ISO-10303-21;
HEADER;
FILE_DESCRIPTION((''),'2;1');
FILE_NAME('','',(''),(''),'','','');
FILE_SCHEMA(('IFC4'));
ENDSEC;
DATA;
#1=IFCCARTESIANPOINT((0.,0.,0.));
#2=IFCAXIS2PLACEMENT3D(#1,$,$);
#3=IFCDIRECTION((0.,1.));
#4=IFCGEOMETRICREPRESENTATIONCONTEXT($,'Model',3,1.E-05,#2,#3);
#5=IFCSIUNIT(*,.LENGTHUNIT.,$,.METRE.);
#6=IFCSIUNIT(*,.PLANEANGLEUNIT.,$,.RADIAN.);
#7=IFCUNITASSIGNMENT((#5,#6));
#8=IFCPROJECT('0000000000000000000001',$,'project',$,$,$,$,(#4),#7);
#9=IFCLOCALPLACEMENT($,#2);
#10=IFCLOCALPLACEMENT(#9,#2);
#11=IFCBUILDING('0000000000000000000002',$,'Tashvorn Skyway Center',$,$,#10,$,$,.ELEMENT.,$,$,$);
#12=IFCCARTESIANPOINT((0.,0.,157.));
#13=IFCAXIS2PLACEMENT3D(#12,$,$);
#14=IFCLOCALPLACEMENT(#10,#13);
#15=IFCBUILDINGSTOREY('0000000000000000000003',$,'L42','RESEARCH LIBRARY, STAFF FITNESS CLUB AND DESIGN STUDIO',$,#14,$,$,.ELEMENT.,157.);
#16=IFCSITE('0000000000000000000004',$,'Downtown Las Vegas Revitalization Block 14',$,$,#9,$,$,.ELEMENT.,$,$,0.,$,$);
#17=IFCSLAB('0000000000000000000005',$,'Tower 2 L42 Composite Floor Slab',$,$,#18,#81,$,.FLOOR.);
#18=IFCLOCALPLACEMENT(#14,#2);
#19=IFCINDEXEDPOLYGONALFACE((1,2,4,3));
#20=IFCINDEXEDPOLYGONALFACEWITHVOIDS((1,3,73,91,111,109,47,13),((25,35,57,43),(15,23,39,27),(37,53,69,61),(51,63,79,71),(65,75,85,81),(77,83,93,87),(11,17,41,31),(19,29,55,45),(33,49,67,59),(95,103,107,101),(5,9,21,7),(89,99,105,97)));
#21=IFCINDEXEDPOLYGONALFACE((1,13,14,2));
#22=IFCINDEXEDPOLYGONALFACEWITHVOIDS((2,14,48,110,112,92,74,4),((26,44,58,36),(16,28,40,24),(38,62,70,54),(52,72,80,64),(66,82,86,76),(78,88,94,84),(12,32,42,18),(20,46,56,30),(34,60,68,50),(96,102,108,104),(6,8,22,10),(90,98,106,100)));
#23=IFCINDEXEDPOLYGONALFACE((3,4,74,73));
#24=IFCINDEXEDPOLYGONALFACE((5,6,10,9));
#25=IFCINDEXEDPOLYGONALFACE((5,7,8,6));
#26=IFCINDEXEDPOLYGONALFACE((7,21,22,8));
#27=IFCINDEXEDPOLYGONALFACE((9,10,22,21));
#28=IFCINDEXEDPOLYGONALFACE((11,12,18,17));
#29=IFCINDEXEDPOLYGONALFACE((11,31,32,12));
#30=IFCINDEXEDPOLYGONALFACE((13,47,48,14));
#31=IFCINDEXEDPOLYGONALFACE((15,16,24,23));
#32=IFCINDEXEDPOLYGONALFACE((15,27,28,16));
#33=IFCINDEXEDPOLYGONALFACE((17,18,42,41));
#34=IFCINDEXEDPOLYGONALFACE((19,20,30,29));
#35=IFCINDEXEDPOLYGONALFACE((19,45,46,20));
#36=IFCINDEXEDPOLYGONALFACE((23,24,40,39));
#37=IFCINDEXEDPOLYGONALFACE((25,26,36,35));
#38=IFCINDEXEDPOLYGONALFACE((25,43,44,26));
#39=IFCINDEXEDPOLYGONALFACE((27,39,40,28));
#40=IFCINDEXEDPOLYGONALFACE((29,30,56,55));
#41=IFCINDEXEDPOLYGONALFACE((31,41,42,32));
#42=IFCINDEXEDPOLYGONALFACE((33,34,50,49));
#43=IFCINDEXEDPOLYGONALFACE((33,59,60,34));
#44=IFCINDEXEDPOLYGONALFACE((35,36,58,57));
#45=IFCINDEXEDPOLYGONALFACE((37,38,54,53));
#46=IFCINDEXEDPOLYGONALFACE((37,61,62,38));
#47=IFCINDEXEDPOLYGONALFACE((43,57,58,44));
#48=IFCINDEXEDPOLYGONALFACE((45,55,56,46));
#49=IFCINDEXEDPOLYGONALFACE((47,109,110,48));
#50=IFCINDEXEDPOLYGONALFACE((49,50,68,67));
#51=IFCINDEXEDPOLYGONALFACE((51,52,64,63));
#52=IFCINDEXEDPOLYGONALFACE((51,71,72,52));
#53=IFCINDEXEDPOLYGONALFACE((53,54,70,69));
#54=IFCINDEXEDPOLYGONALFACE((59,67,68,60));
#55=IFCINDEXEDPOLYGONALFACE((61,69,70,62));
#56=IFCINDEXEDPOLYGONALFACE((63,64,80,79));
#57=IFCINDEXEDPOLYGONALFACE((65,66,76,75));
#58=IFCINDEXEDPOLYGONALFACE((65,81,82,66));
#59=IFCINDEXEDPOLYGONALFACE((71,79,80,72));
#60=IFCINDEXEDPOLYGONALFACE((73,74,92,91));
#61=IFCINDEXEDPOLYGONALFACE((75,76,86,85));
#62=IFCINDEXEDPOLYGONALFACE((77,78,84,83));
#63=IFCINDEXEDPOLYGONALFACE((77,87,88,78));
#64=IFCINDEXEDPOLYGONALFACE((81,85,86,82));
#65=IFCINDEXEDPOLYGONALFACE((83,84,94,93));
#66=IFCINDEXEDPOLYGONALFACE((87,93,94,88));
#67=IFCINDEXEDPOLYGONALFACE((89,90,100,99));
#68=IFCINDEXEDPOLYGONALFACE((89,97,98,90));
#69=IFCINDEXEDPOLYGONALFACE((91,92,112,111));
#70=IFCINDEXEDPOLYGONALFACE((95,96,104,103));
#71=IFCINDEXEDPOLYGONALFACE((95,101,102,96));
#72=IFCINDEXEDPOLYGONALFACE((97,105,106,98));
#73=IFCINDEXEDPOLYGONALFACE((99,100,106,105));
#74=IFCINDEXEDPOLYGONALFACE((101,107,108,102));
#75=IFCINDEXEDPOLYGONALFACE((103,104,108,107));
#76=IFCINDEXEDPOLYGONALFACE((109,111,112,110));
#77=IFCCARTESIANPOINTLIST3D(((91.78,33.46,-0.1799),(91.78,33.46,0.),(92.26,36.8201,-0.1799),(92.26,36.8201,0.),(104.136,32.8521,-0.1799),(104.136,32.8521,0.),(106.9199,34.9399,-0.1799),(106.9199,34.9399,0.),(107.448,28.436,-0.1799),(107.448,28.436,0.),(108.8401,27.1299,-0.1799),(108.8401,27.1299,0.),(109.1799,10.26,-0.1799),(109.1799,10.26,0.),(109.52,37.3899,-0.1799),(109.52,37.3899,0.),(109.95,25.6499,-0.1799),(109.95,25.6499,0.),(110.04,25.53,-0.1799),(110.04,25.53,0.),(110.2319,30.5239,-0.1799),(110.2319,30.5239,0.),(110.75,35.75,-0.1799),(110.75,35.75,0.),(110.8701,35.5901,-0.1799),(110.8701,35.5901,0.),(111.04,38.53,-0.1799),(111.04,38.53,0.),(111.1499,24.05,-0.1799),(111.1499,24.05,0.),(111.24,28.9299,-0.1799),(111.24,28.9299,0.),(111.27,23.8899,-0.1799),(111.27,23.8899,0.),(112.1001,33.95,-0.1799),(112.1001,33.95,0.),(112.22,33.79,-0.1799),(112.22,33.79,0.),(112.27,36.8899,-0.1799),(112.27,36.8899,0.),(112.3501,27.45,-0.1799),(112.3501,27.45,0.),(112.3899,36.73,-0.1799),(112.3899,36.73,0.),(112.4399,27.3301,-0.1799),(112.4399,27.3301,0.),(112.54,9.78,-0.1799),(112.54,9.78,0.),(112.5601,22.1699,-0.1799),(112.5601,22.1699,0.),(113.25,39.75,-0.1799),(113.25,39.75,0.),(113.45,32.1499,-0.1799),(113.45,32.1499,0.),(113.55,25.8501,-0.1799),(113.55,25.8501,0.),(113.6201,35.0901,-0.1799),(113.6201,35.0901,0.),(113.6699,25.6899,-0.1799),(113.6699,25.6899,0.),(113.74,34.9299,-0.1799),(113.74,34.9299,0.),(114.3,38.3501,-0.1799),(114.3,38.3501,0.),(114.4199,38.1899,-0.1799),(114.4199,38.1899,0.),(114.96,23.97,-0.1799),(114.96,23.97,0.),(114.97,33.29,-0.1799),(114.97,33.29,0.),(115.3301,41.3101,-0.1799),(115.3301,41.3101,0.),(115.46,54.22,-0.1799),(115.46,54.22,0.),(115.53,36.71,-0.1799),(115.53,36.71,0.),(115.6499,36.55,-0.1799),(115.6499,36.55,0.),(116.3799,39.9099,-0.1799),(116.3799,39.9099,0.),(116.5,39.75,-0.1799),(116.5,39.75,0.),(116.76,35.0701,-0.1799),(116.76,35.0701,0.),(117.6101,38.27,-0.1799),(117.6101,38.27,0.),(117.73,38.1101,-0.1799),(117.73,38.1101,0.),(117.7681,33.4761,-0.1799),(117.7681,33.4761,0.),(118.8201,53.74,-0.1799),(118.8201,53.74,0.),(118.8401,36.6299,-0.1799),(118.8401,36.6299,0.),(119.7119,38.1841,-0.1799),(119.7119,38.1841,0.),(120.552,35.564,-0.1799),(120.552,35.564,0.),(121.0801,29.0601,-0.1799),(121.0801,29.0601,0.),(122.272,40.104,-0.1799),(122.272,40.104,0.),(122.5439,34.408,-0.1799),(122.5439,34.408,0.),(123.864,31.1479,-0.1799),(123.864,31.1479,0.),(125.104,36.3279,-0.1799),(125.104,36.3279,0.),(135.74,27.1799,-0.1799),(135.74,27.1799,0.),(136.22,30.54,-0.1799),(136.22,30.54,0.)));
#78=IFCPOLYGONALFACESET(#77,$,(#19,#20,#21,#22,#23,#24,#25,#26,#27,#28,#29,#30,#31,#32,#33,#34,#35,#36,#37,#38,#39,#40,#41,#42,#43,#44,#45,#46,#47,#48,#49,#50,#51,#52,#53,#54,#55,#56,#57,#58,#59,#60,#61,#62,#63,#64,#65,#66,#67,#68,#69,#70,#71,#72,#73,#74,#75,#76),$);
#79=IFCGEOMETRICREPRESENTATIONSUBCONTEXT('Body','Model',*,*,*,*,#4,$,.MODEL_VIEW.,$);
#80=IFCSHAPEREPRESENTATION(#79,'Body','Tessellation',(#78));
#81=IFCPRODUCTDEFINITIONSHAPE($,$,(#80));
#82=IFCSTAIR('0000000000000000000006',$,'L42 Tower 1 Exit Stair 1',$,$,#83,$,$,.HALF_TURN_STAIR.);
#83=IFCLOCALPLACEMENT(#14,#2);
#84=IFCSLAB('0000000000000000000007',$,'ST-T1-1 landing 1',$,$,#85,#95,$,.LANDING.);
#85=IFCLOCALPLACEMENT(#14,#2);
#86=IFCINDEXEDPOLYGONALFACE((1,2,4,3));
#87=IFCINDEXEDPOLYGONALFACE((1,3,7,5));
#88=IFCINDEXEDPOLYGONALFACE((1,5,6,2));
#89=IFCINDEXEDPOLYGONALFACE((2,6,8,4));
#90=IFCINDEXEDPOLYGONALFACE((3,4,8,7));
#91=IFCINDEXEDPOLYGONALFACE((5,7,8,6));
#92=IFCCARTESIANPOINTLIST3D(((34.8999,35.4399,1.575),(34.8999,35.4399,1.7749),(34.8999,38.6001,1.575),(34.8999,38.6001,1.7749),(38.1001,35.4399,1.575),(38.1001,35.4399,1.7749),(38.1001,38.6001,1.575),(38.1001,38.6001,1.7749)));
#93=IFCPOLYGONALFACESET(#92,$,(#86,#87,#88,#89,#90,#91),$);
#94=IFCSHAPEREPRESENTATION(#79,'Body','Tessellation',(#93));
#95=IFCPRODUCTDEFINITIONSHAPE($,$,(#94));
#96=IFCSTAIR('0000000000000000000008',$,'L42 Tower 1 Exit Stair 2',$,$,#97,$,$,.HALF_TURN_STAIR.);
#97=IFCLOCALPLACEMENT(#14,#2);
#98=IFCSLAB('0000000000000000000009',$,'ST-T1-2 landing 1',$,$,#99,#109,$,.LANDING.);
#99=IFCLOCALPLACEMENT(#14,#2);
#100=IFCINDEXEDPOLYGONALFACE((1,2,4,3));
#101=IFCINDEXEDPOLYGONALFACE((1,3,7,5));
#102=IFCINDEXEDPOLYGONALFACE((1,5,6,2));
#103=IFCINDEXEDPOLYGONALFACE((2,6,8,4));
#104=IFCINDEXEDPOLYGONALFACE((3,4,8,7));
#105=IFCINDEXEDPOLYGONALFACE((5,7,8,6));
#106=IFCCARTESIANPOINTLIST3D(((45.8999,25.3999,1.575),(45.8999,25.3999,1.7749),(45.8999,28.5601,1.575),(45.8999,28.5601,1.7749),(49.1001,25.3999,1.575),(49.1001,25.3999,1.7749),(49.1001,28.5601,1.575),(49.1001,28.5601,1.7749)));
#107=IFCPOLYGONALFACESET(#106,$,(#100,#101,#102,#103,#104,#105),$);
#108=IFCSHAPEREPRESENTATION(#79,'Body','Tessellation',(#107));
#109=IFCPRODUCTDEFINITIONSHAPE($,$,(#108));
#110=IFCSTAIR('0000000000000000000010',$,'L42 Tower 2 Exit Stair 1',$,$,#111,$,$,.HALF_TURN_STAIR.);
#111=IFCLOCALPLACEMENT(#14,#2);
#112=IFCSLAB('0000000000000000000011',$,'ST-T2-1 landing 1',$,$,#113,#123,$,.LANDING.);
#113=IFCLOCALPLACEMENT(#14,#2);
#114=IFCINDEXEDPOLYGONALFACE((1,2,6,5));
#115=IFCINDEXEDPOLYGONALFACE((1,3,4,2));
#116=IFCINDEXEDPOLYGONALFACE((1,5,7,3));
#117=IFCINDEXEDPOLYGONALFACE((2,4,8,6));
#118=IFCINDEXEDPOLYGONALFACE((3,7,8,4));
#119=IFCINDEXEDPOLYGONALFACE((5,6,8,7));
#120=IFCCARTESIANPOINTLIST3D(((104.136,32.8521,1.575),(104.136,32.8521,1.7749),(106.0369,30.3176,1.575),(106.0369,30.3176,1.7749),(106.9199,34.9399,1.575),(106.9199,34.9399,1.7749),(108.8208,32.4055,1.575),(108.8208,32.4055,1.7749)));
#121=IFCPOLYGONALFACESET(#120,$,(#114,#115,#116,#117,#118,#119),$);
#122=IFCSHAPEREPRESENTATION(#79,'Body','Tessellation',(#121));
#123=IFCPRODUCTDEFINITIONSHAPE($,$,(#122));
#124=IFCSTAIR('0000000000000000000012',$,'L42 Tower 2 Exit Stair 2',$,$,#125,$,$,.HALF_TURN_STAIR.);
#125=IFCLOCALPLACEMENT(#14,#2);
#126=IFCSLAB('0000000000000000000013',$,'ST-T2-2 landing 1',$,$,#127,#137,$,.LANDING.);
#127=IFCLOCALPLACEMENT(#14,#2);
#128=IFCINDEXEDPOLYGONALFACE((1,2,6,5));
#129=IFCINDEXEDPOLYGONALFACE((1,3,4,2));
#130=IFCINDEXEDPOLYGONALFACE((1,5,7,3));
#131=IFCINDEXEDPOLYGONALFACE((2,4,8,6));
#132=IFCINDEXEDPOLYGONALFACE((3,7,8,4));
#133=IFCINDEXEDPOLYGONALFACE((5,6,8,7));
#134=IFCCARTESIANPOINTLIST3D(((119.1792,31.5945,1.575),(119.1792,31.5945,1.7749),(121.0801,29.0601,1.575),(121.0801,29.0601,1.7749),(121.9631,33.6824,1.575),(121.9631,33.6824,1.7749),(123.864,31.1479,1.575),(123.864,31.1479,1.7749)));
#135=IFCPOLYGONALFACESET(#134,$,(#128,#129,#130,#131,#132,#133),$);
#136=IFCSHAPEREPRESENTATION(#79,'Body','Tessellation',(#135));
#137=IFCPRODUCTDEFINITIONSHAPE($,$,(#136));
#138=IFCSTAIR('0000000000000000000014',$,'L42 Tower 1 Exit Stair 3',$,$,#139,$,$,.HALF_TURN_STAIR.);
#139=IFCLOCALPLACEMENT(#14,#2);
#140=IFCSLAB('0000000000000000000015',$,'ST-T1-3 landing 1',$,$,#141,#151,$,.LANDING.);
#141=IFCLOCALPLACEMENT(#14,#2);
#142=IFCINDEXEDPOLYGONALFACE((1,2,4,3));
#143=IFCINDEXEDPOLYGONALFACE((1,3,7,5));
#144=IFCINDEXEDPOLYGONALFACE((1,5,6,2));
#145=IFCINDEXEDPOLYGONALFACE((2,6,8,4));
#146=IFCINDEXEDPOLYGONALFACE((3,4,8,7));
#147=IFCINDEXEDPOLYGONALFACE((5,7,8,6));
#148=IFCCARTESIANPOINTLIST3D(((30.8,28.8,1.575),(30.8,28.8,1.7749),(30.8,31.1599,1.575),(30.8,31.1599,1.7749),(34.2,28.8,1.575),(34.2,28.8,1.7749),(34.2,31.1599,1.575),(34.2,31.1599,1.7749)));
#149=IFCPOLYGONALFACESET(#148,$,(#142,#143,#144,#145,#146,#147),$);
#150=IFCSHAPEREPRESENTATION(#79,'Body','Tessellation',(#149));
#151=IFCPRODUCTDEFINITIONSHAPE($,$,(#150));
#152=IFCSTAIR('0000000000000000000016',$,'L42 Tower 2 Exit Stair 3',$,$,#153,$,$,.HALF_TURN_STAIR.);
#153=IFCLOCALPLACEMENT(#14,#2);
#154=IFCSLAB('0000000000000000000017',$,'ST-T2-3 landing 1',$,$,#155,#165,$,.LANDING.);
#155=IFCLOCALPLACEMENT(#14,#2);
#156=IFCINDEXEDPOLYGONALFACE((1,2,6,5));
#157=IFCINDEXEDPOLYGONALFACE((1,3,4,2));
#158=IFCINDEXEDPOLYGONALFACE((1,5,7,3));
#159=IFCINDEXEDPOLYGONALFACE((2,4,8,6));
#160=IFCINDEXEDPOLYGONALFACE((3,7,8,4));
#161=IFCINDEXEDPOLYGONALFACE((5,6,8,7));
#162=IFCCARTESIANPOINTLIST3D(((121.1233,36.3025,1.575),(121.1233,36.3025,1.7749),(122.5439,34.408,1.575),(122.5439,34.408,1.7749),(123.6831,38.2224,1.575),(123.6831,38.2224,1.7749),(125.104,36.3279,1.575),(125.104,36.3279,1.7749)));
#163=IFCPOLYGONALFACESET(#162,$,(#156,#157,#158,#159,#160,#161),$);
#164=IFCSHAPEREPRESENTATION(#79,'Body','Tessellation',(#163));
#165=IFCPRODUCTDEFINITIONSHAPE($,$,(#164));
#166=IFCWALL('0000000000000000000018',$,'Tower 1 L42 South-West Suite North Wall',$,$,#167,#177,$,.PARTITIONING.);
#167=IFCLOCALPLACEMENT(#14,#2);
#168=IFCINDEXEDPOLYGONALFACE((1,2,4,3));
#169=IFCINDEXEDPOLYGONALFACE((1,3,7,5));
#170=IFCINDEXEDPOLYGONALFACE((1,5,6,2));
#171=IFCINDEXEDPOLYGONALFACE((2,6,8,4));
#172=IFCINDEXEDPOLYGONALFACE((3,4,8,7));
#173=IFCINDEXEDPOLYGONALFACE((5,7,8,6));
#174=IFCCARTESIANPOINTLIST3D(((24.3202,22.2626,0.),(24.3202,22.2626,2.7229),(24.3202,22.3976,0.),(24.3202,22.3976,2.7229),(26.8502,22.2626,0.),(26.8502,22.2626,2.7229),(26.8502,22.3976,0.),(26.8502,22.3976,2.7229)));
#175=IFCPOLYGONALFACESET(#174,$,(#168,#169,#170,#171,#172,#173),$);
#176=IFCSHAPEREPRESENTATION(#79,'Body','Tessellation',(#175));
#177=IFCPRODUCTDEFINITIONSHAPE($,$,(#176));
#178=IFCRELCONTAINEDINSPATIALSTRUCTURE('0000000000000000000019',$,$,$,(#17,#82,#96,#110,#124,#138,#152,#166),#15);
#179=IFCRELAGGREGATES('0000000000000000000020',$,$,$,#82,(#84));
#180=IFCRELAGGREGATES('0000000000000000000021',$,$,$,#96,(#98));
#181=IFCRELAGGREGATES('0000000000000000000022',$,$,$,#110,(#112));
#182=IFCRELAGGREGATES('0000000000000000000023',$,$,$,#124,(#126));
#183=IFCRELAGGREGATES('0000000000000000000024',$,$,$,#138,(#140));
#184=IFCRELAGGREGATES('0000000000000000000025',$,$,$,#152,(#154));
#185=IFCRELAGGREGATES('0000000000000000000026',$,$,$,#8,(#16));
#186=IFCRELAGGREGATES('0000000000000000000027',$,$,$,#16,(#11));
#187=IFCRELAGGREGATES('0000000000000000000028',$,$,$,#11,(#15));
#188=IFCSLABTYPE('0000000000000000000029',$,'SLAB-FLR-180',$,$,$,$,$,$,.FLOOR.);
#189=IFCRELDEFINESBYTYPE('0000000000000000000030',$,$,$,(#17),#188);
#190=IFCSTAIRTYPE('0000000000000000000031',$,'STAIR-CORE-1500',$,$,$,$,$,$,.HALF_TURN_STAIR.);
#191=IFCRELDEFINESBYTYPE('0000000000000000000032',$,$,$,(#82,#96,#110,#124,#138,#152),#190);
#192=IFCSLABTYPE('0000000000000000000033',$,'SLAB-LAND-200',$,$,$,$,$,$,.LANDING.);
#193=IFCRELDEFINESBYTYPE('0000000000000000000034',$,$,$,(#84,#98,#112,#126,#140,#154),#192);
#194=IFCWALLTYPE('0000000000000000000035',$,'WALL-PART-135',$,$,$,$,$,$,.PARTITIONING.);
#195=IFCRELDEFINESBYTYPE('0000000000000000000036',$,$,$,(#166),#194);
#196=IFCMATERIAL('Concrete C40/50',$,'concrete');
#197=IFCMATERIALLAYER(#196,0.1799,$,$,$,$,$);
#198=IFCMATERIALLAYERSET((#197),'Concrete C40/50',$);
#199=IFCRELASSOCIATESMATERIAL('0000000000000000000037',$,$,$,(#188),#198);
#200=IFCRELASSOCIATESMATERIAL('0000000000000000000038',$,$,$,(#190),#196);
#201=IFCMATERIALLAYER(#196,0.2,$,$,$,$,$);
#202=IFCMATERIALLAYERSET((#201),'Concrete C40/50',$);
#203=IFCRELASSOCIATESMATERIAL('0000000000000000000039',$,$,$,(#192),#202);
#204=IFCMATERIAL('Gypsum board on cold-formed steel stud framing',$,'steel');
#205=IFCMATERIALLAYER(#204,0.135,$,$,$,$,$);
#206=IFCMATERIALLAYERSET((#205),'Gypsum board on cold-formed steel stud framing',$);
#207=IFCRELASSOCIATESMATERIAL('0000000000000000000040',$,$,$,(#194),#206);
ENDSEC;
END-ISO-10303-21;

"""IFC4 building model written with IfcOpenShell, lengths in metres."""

from ifc_helpers import new_model, si_unit, direction, frame, frame_2d, origin, place, context, subcontext, project, spatial, polyline, rectangle, outline, extrude, material, layer, layer_set, type_object, element, aggregate, save


model = new_model("IFC4")

# Units and contexts
model_context = context("Model", 3, precision=1e-05, world=origin(), true_north=direction((0.0, 1.0)))
body_context = subcontext(model_context, "Body", "Model", "MODEL_VIEW")
ifc_project = project(units=[si_unit("LENGTHUNIT", "METRE"), si_unit("PLANEANGLEUNIT", "RADIAN")], contexts=[model_context])

# Site, building, storey
site_placement = place(None, origin())
site = spatial("IfcSite", under=ifc_project, at=site_placement, Name="Downtown Las Vegas Revitalization Block 14", CompositionType="ELEMENT", RefElevation=0.0)
building_placement = place(site_placement, origin())
building = spatial("IfcBuilding", under=site, at=building_placement, Name="Tashvorn Skyway Center", CompositionType="ELEMENT")
storey_placement = place(building_placement, frame((0.0, 0.0, 157.0)))
storey = spatial("IfcBuildingStorey", under=building, at=storey_placement, Name="L42", Description="RESEARCH LIBRARY, STAFF FITNESS CLUB AND DESIGN STUDIO", CompositionType="ELEMENT", Elevation=157.0)

# Slab
ifc_material_1 = material(Name="Concrete C40/50", Category="concrete")
ifc_layer_1 = layer(ifc_material_1, 0.1799)
ifc_layer_set_1 = layer_set([ifc_layer_1], Name="Concrete C40/50")
slab_type_1 = type_object("IfcSlabType", Name="SLAB-FLR-180", PredefinedType="FLOOR", material=ifc_layer_set_1)
slab_1_placement = place(storey_placement, frame((0.0, 0.0, -0.1799)))
element("IfcSlab", 1, at=slab_1_placement, inside=storey, type_object=slab_type_1, Name="Tower 2 L42 Composite Floor Slab", PredefinedType="FLOOR", context=body_context, shape_type="SweptSolid", body=[
    extrude(outline(polyline([(112.54, 9.78), (135.74, 27.1799), (136.22, 30.54), (118.8201, 53.74), (115.46, 54.22), (92.26, 36.8201), (91.78, 33.46), (109.1799, 10.26), (112.54, 9.78)]), holes=[polyline([(110.2319, 30.5239), (106.9199, 34.9399), (104.136, 32.8521), (107.448, 28.436), (110.2319, 30.5239)]), polyline([(117.7681, 33.4761), (121.0801, 29.0601), (123.864, 31.1479), (120.552, 35.564), (117.7681, 33.4761)]), polyline([(119.7119, 38.1841), (122.5439, 34.408), (125.104, 36.3279), (122.272, 40.104), (119.7119, 38.1841)]), polyline([(109.95, 25.6499), (112.3501, 27.45), (111.24, 28.9299), (108.8401, 27.1299), (109.95, 25.6499)]), polyline([(111.1499, 24.05), (113.55, 25.8501), (112.4399, 27.3301), (110.04, 25.53), (111.1499, 24.05)]), polyline([(112.5601, 22.1699), (114.96, 23.97), (113.6699, 25.6899), (111.27, 23.8899), (112.5601, 22.1699)]), polyline([(113.45, 32.1499), (114.97, 33.29), (113.74, 34.9299), (112.22, 33.79), (113.45, 32.1499)]), polyline([(112.1001, 33.95), (113.6201, 35.0901), (112.3899, 36.73), (110.8701, 35.5901), (112.1001, 33.95)]), polyline([(110.75, 35.75), (112.27, 36.8899), (111.04, 38.53), (109.52, 37.3899), (110.75, 35.75)]), polyline([(116.76, 35.0701), (118.8401, 36.6299), (117.73, 38.1101), (115.6499, 36.55), (116.76, 35.0701)]), polyline([(115.53, 36.71), (117.6101, 38.27), (116.5, 39.75), (114.4199, 38.1899), (115.53, 36.71)]), polyline([(114.3, 38.3501), (116.3799, 39.9099), (115.3301, 41.3101), (113.25, 39.75), (114.3, 38.3501)])]), origin(), (0.0, 0.0, 1.0), 0.1799),
])

# Stairs, slabs
stair_type = type_object("IfcStairType", Name="STAIR-CORE-1500", PredefinedType="HALF_TURN_STAIR", material=ifc_material_1)
stair_1_placement = place(storey_placement, origin())
stair_1 = element("IfcStair", 2, at=stair_1_placement, inside=storey, type_object=stair_type, Name="L42 Tower 1 Exit Stair 1", PredefinedType="HALF_TURN_STAIR")
ifc_layer_2 = layer(ifc_material_1, 0.2)
ifc_layer_set_2 = layer_set([ifc_layer_2], Name="Concrete C40/50")
slab_type_2 = type_object("IfcSlabType", Name="SLAB-LAND-200", PredefinedType="LANDING", material=ifc_layer_set_2)
slab_2_placement = place(storey_placement, frame((0.0, 0.0, 1.575)))
slab_2 = element("IfcSlab", 3, at=slab_2_placement, type_object=slab_type_2, Name="ST-T1-1 landing 1", PredefinedType="LANDING", context=body_context, shape_type="SweptSolid", body=[
    extrude(outline(polyline([(38.1001, 35.4399), (38.1001, 38.6001), (34.8999, 38.6001), (34.8999, 35.4399), (38.1001, 35.4399)])), origin(), (0.0, 0.0, 1.0), 0.2),
])
aggregate(stair_1, [slab_2])
stair_2_placement = place(storey_placement, origin())
stair_2 = element("IfcStair", 4, at=stair_2_placement, inside=storey, type_object=stair_type, Name="L42 Tower 1 Exit Stair 2", PredefinedType="HALF_TURN_STAIR")
slab_3_placement = place(storey_placement, frame((0.0, 0.0, 1.575)))
slab_3 = element("IfcSlab", 5, at=slab_3_placement, type_object=slab_type_2, Name="ST-T1-2 landing 1", PredefinedType="LANDING", context=body_context, shape_type="SweptSolid", body=[
    extrude(outline(polyline([(45.8999, 28.5601), (45.8999, 25.3999), (49.1001, 25.3999), (49.1001, 28.5601), (45.8999, 28.5601)])), origin(), (0.0, 0.0, 1.0), 0.2),
])
aggregate(stair_2, [slab_3])
stair_3_placement = place(storey_placement, origin())
stair_3 = element("IfcStair", 6, at=stair_3_placement, inside=storey, type_object=stair_type, Name="L42 Tower 2 Exit Stair 1", PredefinedType="HALF_TURN_STAIR")
slab_4_placement = place(storey_placement, frame((0.0, 0.0, 1.575)))
slab_4 = element("IfcSlab", 7, at=slab_4_placement, type_object=slab_type_2, Name="ST-T2-1 landing 1", PredefinedType="LANDING", context=body_context, shape_type="SweptSolid", body=[
    extrude(outline(polyline([(108.8208, 32.4055), (106.9199, 34.9399), (104.136, 32.8521), (106.0369, 30.3176), (108.8208, 32.4055)])), origin(), (0.0, 0.0, 1.0), 0.2),
])
aggregate(stair_3, [slab_4])
stair_4_placement = place(storey_placement, origin())
stair_4 = element("IfcStair", 8, at=stair_4_placement, inside=storey, type_object=stair_type, Name="L42 Tower 2 Exit Stair 2", PredefinedType="HALF_TURN_STAIR")
slab_5_placement = place(storey_placement, frame((0.0, 0.0, 1.575)))
slab_5 = element("IfcSlab", 9, at=slab_5_placement, type_object=slab_type_2, Name="ST-T2-2 landing 1", PredefinedType="LANDING", context=body_context, shape_type="SweptSolid", body=[
    extrude(outline(polyline([(119.1792, 31.5945), (121.0801, 29.0601), (123.864, 31.1479), (121.9631, 33.6824), (119.1792, 31.5945)])), origin(), (0.0, 0.0, 1.0), 0.2),
])
aggregate(stair_4, [slab_5])
stair_5_placement = place(storey_placement, origin())
stair_5 = element("IfcStair", 10, at=stair_5_placement, inside=storey, type_object=stair_type, Name="L42 Tower 1 Exit Stair 3", PredefinedType="HALF_TURN_STAIR")
slab_6_placement = place(storey_placement, frame((0.0, 0.0, 1.575)))
slab_6 = element("IfcSlab", 11, at=slab_6_placement, type_object=slab_type_2, Name="ST-T1-3 landing 1", PredefinedType="LANDING", context=body_context, shape_type="SweptSolid", body=[
    extrude(outline(polyline([(30.8, 31.1599), (30.8, 28.8), (34.2, 28.8), (34.2, 31.1599), (30.8, 31.1599)])), origin(), (0.0, 0.0, 1.0), 0.2),
])
aggregate(stair_5, [slab_6])
stair_6_placement = place(storey_placement, origin())
stair_6 = element("IfcStair", 12, at=stair_6_placement, inside=storey, type_object=stair_type, Name="L42 Tower 2 Exit Stair 3", PredefinedType="HALF_TURN_STAIR")
slab_7_placement = place(storey_placement, frame((0.0, 0.0, 1.575)))
slab_7 = element("IfcSlab", 13, at=slab_7_placement, type_object=slab_type_2, Name="ST-T2-3 landing 1", PredefinedType="LANDING", context=body_context, shape_type="SweptSolid", body=[
    extrude(outline(polyline([(121.1233, 36.3025), (122.5439, 34.408), (125.104, 36.3279), (123.6831, 38.2224), (121.1233, 36.3025)])), origin(), (0.0, 0.0, 1.0), 0.2),
])
aggregate(stair_6, [slab_7])

# Wall
ifc_material_2 = material(Name="Gypsum board on cold-formed steel stud framing", Category="steel")
ifc_layer_3 = layer(ifc_material_2, 0.135)
ifc_layer_set_3 = layer_set([ifc_layer_3], Name="Gypsum board on cold-formed steel stud framing")
wall_type = type_object("IfcWallType", Name="WALL-PART-135", PredefinedType="PARTITIONING", material=ifc_layer_set_3)
wall_placement = place(storey_placement, frame((24.3201, 22.3301, 0.0), z_axis=(0.0, 0.0, 1.0), x_axis=(1.0, 0.0, 0.0)))
element("IfcWall", 14, at=wall_placement, inside=storey, type_object=wall_type, Name="Tower 1 L42 South-West Suite North Wall", PredefinedType="PARTITIONING", context=body_context, shape_type="SweptSolid", body=[
    extrude(rectangle(XDim=2.53, YDim=0.135, at=frame_2d((1.2651, 0.0))), origin(), (0.0, 0.0, 1.0), 2.7229),
])

save(model, "model.ifc")
